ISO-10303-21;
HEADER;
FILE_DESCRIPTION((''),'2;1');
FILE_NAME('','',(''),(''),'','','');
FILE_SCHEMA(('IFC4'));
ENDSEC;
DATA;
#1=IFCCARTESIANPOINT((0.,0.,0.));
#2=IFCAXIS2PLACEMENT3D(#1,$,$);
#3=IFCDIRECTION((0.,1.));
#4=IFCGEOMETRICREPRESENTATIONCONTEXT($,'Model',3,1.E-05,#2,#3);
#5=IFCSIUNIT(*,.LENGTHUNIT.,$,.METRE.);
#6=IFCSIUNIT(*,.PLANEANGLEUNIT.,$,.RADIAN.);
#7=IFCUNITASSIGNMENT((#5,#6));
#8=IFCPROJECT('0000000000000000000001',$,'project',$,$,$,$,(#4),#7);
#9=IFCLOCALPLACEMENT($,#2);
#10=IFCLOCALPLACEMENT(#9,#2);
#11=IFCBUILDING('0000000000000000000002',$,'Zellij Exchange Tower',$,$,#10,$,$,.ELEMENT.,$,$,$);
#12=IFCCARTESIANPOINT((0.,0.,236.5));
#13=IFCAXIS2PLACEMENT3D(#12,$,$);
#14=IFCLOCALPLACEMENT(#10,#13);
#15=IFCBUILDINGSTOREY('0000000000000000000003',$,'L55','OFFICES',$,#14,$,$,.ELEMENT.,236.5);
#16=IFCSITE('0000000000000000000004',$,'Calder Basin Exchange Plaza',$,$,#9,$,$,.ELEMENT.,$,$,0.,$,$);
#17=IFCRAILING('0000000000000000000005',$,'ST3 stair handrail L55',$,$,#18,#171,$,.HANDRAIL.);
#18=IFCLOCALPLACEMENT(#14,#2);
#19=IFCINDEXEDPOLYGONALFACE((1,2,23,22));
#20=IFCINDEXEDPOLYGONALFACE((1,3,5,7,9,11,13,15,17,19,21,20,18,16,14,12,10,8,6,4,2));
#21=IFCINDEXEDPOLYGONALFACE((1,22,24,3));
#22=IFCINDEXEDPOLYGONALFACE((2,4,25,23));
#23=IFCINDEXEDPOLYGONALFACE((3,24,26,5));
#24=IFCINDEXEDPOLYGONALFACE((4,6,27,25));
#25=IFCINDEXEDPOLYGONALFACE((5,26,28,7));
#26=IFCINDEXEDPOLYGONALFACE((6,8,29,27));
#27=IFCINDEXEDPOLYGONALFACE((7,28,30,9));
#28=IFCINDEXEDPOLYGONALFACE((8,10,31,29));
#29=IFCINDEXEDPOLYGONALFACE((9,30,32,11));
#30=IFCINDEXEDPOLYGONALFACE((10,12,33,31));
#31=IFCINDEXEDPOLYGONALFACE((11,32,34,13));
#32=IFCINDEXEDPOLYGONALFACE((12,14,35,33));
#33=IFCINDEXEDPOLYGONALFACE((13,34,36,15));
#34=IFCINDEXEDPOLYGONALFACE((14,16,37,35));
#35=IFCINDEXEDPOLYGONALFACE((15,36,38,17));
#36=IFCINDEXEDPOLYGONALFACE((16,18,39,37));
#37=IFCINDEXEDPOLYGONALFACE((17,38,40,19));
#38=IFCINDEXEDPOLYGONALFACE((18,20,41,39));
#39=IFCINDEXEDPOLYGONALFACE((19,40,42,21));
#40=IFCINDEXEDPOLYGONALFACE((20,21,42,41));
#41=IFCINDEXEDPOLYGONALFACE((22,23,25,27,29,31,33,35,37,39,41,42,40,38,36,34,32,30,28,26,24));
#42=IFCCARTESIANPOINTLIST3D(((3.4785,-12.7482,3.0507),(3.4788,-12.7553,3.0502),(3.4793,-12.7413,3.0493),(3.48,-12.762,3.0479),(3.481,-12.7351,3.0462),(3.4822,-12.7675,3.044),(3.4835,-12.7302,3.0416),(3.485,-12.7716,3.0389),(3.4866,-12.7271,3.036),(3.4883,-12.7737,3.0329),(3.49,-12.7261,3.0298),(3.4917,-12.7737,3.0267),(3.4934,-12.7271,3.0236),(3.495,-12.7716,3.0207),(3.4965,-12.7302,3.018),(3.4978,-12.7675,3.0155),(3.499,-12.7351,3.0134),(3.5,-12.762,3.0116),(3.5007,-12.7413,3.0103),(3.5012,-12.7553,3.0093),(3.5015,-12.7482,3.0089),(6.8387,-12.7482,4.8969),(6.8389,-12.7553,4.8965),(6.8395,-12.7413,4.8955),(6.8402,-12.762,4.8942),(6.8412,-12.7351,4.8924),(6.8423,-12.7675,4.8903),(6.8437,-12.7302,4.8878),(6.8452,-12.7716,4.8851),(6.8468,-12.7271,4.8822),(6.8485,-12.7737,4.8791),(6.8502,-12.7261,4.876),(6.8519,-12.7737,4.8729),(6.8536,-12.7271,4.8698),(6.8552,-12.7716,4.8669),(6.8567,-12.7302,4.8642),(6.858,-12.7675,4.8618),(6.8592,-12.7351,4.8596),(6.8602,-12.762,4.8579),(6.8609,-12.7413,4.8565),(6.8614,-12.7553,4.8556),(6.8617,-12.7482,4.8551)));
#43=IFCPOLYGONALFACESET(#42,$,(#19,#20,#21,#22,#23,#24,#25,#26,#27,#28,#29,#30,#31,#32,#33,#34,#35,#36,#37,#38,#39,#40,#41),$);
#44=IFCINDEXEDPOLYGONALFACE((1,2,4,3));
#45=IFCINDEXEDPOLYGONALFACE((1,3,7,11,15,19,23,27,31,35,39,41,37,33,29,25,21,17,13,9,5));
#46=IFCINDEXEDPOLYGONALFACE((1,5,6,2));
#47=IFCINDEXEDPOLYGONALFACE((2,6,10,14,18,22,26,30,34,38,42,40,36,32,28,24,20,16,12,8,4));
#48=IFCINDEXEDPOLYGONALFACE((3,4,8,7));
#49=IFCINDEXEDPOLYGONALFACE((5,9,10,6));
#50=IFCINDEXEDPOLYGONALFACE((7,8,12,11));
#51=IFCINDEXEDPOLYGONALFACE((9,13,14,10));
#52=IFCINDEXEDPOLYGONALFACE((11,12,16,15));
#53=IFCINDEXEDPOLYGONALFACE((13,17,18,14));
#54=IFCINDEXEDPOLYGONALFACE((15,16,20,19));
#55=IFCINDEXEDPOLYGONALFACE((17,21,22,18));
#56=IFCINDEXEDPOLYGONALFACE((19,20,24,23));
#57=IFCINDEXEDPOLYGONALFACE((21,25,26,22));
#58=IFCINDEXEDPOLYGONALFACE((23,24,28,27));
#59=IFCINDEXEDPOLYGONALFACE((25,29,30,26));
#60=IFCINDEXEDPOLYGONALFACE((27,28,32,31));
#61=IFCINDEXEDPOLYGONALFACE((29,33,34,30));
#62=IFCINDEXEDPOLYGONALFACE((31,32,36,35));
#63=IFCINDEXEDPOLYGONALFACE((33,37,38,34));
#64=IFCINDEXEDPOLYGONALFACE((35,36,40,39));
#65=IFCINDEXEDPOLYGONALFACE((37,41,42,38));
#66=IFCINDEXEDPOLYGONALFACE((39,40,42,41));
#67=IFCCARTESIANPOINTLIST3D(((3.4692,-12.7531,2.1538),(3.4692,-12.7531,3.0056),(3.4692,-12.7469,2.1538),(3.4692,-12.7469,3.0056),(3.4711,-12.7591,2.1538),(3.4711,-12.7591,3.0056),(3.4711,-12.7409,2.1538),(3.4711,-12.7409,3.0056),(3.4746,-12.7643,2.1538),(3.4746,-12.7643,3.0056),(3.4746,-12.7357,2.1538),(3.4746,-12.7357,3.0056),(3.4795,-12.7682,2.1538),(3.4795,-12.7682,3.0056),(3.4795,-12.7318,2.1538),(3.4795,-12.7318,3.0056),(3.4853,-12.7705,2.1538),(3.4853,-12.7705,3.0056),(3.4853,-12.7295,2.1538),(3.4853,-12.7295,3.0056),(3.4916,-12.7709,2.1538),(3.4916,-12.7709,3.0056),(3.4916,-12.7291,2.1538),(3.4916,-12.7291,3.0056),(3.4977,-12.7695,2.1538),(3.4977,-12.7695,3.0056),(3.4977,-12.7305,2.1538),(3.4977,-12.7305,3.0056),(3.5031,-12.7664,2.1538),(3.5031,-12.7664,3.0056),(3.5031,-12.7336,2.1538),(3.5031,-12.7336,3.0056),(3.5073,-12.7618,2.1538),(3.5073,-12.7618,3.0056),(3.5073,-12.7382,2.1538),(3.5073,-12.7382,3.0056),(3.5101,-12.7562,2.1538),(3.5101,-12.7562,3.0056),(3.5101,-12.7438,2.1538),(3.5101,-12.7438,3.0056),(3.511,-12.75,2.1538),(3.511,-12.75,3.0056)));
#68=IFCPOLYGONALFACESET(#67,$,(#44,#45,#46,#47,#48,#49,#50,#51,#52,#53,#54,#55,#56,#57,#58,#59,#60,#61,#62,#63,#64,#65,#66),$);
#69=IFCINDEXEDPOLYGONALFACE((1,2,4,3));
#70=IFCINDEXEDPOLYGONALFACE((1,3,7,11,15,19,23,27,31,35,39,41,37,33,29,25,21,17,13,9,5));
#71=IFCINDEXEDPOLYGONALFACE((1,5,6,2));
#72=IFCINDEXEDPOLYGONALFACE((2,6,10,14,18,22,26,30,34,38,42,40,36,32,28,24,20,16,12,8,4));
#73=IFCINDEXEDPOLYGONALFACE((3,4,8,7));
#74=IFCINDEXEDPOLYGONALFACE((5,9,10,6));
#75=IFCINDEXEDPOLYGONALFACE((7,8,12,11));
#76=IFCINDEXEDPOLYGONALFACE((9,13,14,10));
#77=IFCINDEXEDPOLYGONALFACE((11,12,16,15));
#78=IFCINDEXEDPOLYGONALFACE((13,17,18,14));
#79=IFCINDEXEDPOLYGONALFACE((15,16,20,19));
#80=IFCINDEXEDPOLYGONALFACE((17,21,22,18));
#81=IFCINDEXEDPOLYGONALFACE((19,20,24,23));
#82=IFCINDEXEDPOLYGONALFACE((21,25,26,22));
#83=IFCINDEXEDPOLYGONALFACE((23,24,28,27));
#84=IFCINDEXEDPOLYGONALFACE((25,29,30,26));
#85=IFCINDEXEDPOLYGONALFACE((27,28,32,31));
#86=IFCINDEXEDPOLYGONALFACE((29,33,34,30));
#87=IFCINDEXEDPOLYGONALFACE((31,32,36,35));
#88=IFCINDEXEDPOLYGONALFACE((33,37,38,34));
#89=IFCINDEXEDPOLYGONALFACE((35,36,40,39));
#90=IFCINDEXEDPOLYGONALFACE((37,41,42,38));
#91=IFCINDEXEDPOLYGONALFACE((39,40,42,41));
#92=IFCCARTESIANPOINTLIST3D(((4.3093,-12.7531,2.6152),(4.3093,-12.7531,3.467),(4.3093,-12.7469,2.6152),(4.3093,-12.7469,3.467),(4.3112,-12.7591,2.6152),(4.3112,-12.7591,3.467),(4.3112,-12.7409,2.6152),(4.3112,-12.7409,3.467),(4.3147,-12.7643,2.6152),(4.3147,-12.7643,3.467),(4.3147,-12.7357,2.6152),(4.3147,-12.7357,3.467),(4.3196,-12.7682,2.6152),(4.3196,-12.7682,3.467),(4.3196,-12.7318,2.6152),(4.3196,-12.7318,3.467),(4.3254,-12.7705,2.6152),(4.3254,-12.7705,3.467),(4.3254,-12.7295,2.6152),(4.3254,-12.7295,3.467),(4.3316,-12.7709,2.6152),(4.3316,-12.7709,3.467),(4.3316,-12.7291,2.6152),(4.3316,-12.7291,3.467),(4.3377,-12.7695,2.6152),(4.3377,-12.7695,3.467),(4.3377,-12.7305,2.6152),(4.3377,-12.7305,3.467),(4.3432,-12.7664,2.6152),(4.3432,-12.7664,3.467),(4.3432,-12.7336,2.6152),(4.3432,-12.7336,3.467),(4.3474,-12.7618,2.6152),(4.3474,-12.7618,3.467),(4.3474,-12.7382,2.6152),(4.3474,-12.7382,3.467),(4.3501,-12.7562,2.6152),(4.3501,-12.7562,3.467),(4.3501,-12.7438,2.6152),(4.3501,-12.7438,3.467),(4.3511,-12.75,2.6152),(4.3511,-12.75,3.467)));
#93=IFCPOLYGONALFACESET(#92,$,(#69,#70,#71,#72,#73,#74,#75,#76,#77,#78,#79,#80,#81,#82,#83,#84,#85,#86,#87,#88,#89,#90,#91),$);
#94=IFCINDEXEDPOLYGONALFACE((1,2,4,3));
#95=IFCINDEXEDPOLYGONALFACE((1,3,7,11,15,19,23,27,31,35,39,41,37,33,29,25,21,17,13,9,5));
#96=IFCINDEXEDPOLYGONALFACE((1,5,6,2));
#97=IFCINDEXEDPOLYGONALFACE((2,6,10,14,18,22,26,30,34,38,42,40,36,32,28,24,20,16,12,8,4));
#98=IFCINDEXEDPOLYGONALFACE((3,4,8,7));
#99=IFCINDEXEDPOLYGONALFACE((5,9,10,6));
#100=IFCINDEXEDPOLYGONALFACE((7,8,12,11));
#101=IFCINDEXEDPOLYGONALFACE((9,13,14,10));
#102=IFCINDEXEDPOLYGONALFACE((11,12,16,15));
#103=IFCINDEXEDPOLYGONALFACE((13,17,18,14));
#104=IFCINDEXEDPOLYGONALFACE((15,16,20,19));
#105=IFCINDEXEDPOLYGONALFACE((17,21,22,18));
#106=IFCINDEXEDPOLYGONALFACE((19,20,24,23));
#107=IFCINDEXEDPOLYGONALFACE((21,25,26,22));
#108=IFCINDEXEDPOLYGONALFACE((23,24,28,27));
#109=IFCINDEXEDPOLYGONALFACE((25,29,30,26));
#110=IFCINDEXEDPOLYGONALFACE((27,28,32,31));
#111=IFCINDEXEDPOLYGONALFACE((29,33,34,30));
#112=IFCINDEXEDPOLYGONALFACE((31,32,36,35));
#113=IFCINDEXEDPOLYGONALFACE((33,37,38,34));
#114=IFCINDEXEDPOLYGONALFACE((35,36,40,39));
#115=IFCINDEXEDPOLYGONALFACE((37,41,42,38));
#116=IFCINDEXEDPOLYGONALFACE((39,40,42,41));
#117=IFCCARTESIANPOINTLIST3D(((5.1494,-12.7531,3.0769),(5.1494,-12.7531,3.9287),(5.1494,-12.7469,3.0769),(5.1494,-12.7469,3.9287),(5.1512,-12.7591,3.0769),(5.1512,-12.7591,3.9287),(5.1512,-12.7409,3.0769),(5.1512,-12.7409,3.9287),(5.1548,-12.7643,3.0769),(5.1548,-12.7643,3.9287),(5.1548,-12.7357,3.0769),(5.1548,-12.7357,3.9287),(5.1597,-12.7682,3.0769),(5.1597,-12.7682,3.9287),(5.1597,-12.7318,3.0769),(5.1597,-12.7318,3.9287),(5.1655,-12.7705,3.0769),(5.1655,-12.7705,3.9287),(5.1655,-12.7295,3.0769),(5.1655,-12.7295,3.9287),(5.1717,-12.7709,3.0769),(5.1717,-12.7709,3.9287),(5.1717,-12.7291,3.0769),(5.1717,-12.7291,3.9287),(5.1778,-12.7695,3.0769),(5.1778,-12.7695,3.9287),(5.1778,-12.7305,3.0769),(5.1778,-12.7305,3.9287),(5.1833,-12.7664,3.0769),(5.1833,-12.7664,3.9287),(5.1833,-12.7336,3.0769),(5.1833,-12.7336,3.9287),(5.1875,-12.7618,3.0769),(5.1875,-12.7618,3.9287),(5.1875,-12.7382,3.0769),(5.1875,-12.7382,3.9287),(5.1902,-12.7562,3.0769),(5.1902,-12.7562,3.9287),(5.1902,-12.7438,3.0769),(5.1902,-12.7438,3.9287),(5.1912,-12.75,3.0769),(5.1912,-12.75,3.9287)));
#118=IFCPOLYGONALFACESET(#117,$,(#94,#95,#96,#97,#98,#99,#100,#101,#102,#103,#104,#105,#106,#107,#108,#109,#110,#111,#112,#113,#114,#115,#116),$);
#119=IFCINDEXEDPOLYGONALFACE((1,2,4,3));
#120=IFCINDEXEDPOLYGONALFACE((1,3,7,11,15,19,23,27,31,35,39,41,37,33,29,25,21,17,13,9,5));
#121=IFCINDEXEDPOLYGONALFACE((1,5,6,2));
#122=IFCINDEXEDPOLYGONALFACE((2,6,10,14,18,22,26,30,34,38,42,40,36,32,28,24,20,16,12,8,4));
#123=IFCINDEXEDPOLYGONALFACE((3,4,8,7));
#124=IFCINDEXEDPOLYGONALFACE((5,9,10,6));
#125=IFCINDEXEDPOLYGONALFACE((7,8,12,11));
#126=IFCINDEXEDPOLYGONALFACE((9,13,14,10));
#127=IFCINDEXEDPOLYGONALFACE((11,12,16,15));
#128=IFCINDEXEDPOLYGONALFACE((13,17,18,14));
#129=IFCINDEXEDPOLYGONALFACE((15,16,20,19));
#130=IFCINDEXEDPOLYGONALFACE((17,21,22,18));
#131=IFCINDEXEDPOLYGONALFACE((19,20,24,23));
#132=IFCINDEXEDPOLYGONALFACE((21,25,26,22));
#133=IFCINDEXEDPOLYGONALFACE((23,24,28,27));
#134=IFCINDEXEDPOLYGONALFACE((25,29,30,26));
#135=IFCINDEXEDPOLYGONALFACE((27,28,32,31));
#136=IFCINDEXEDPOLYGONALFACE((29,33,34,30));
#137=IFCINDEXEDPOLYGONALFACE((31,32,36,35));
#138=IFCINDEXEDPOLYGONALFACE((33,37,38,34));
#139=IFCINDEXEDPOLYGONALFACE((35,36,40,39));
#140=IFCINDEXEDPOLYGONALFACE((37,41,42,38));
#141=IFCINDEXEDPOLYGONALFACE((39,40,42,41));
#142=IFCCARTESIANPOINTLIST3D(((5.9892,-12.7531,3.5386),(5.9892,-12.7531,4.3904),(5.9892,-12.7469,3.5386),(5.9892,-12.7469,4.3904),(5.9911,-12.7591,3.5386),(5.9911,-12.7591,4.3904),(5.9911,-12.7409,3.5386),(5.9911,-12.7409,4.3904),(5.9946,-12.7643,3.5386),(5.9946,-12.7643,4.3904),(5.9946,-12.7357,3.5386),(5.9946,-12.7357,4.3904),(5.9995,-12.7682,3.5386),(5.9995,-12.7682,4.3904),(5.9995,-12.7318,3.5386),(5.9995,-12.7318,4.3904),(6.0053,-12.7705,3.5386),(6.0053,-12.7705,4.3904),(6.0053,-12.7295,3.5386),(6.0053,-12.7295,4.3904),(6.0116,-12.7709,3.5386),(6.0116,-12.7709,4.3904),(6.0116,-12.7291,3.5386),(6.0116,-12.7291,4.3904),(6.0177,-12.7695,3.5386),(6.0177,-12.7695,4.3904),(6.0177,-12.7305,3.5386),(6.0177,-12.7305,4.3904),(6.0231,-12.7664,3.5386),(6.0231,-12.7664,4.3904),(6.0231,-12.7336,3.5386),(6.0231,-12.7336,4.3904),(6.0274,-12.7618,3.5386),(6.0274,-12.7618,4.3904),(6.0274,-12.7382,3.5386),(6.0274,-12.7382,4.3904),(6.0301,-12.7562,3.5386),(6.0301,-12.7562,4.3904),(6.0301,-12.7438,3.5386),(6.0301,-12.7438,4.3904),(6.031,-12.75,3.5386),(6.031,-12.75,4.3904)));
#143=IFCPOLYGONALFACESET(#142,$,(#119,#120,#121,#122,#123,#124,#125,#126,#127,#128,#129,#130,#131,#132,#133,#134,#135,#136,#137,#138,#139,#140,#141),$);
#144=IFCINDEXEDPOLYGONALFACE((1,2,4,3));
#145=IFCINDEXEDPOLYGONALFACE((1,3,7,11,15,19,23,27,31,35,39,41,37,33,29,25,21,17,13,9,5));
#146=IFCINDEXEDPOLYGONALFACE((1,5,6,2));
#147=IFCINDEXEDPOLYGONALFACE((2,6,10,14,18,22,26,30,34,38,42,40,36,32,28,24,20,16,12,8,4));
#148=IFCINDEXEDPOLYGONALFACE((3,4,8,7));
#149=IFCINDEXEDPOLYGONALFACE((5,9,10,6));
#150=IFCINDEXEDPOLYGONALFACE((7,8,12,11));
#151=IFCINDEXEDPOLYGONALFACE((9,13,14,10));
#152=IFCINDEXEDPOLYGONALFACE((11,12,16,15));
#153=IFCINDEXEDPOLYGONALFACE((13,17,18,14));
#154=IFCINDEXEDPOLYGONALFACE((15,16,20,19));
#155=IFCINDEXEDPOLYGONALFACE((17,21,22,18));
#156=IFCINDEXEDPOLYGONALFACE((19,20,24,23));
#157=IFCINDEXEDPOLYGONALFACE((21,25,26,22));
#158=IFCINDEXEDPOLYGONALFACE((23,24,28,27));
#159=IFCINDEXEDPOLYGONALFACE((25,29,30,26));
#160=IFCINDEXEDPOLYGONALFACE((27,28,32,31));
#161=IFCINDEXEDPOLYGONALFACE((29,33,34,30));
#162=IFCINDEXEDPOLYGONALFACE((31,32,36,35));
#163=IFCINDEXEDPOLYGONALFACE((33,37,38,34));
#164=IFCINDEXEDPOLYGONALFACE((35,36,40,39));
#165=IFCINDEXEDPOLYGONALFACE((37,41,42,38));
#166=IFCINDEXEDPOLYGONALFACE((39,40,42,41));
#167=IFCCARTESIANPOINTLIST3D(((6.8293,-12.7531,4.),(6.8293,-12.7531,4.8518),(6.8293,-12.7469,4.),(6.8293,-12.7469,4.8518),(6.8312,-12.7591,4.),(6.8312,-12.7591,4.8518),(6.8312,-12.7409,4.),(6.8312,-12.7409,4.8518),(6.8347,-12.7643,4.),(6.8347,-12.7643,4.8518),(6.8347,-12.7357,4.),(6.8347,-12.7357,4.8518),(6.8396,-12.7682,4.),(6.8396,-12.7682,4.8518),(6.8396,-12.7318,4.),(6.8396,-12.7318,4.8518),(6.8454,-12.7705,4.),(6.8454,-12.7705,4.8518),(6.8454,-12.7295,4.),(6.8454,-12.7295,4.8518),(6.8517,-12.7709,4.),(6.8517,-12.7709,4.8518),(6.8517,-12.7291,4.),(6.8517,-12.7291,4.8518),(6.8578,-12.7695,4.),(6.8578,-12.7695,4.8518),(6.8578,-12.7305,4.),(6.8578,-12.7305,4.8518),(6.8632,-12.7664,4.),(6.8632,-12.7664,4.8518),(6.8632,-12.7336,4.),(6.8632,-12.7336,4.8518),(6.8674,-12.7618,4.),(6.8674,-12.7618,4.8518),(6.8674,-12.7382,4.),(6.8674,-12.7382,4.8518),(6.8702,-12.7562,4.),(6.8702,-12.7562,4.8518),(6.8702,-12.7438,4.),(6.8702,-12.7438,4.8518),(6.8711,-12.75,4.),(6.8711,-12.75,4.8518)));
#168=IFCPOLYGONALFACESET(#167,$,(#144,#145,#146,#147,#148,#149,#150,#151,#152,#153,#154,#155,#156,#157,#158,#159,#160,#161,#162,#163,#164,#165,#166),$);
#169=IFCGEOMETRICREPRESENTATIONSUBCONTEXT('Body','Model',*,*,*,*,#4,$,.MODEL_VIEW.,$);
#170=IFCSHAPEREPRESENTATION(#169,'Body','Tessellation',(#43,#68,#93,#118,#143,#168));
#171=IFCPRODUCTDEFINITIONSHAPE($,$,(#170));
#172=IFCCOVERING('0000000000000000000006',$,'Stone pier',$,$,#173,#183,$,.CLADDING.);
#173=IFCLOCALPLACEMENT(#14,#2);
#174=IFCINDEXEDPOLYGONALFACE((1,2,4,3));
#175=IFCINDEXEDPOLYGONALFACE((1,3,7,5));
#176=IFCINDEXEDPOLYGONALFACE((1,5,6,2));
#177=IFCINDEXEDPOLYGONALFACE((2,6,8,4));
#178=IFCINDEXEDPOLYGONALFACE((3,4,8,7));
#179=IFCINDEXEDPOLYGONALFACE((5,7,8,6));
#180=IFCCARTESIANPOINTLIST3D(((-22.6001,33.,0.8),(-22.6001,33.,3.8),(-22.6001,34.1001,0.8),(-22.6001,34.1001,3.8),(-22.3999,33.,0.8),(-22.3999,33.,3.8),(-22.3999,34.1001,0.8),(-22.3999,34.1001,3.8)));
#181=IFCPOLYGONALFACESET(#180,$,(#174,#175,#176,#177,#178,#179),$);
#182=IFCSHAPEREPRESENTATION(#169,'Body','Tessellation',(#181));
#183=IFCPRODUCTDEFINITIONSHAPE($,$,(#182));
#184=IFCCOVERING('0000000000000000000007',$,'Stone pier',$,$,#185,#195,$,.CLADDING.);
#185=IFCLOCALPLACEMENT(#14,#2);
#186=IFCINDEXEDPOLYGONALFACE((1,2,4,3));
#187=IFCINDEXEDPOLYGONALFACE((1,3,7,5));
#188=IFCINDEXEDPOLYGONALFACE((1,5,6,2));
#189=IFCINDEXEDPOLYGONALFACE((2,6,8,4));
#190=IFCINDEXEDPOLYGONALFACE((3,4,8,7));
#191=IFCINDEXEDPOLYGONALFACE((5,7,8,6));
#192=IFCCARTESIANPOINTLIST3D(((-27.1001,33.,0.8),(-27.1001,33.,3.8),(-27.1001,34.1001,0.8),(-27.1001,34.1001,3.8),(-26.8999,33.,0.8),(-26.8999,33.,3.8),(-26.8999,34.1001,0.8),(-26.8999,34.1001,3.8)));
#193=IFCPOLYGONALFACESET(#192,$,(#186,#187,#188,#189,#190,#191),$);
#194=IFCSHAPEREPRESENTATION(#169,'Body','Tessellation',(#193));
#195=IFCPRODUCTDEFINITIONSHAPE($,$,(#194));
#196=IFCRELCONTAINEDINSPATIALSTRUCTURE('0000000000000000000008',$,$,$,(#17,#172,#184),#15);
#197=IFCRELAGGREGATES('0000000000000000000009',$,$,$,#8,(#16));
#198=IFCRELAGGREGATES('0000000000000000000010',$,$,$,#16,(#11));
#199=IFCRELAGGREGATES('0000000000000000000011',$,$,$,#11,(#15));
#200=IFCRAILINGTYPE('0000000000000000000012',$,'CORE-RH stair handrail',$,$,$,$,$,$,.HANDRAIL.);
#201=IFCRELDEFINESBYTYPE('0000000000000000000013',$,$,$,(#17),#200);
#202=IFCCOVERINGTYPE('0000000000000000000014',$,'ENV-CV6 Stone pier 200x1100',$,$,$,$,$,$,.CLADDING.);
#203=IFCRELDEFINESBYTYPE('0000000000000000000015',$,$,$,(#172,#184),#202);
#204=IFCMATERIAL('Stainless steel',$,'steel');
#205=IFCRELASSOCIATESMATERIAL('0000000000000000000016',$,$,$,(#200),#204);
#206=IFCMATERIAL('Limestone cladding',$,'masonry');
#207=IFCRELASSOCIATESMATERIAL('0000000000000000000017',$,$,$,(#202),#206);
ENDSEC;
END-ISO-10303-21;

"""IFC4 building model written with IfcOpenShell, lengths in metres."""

from ifc_helpers import new_model, si_unit, direction, frame, origin, origin_2d, place, context, subcontext, project, spatial, polyline, circle, outline, extrude, material, type_object, element, save


model = new_model("IFC4")

# Units and contexts
model_context = context("Model", 3, precision=1e-05, world=origin(), true_north=direction((0.0, 1.0)))
body_context = subcontext(model_context, "Body", "Model", "MODEL_VIEW")
ifc_project = project(units=[si_unit("LENGTHUNIT", "METRE"), si_unit("PLANEANGLEUNIT", "RADIAN")], contexts=[model_context])

# Site, building, storey
site_placement = place(None, origin())
site = spatial("IfcSite", under=ifc_project, at=site_placement, Name="Calder Basin Exchange Plaza", CompositionType="ELEMENT", RefElevation=0.0)
building_placement = place(site_placement, origin())
building = spatial("IfcBuilding", under=site, at=building_placement, Name="Zellij Exchange Tower", CompositionType="ELEMENT")
storey_placement = place(building_placement, frame((0.0, 0.0, 236.5)))
storey = spatial("IfcBuildingStorey", under=building, at=storey_placement, Name="L55", Description="OFFICES", CompositionType="ELEMENT", Elevation=236.5)

# Railing
ifc_material_1 = material(Name="Stainless steel", Category="steel")
railing_type_1 = type_object("IfcRailingType", Name="CORE-RH stair handrail", PredefinedType="HANDRAIL", material=ifc_material_1)
railing_1_placement = place(storey_placement, frame((3.49, -12.75, 2.1538)))
element("IfcRailing", 1, at=railing_1_placement, inside=storey, type_object=railing_type_1, Name="ST3 stair handrail L55", PredefinedType="HANDRAIL", context=body_context, shape_type="SweptSolid", body=[
    extrude(circle(Radius=0.0239, at=origin_2d()), frame((0.0, 0.0, 0.876), z_axis=(0.876422, 0.0, 0.481545), x_axis=(0.0, 1.0, 0.0)), (0.0, 0.0, 1.0), 3.834),
    extrude(circle(Radius=0.021, at=origin_2d()), origin(), (0.0, 0.0, 1.0), 0.8518),
    extrude(circle(Radius=0.021, at=origin_2d()), frame((0.8401, 0.0, 0.4614)), (0.0, 0.0, 1.0), 0.8518),
    extrude(circle(Radius=0.021, at=origin_2d()), frame((1.6802, 0.0, 0.9231)), (0.0, 0.0, 1.0), 0.8518),
    extrude(circle(Radius=0.021, at=origin_2d()), frame((2.52, 0.0, 1.3848)), (0.0, 0.0, 1.0), 0.8518),
    extrude(circle(Radius=0.021, at=origin_2d()), frame((3.3601, 0.0, 1.8462)), (0.0, 0.0, 1.0), 0.8518),
])

# Coverings
ifc_material_2 = material(Name="Limestone cladding", Category="masonry")
covering_type = type_object("IfcCoveringType", Name="ENV-CV6 Stone pier 200x1100", PredefinedType="CLADDING", material=ifc_material_2)
covering_1_placement = place(storey_placement, frame((0.0, 0.0, 0.8)))
element("IfcCovering", 2, at=covering_1_placement, inside=storey, type_object=covering_type, Name="Stone pier", PredefinedType="CLADDING", context=body_context, shape_type="SweptSolid", body=[
    extrude(outline(polyline([(-22.3999, 33.0), (-22.6001, 33.0), (-22.6001, 34.1001), (-22.3999, 34.1001), (-22.3999, 33.0)])), origin(), (0.0, 0.0, 1.0), 3.0),
])
covering_2_placement = place(storey_placement, frame((0.0, 0.0, 0.8)))
element("IfcCovering", 3, at=covering_2_placement, inside=storey, type_object=covering_type, Name="Stone pier", PredefinedType="CLADDING", context=body_context, shape_type="SweptSolid", body=[
    extrude(outline(polyline([(-26.8999, 33.0), (-27.1001, 33.0), (-27.1001, 34.1001), (-26.8999, 34.1001), (-26.8999, 33.0)])), origin(), (0.0, 0.0, 1.0), 3.0),
])

save(model, "model.ifc")
